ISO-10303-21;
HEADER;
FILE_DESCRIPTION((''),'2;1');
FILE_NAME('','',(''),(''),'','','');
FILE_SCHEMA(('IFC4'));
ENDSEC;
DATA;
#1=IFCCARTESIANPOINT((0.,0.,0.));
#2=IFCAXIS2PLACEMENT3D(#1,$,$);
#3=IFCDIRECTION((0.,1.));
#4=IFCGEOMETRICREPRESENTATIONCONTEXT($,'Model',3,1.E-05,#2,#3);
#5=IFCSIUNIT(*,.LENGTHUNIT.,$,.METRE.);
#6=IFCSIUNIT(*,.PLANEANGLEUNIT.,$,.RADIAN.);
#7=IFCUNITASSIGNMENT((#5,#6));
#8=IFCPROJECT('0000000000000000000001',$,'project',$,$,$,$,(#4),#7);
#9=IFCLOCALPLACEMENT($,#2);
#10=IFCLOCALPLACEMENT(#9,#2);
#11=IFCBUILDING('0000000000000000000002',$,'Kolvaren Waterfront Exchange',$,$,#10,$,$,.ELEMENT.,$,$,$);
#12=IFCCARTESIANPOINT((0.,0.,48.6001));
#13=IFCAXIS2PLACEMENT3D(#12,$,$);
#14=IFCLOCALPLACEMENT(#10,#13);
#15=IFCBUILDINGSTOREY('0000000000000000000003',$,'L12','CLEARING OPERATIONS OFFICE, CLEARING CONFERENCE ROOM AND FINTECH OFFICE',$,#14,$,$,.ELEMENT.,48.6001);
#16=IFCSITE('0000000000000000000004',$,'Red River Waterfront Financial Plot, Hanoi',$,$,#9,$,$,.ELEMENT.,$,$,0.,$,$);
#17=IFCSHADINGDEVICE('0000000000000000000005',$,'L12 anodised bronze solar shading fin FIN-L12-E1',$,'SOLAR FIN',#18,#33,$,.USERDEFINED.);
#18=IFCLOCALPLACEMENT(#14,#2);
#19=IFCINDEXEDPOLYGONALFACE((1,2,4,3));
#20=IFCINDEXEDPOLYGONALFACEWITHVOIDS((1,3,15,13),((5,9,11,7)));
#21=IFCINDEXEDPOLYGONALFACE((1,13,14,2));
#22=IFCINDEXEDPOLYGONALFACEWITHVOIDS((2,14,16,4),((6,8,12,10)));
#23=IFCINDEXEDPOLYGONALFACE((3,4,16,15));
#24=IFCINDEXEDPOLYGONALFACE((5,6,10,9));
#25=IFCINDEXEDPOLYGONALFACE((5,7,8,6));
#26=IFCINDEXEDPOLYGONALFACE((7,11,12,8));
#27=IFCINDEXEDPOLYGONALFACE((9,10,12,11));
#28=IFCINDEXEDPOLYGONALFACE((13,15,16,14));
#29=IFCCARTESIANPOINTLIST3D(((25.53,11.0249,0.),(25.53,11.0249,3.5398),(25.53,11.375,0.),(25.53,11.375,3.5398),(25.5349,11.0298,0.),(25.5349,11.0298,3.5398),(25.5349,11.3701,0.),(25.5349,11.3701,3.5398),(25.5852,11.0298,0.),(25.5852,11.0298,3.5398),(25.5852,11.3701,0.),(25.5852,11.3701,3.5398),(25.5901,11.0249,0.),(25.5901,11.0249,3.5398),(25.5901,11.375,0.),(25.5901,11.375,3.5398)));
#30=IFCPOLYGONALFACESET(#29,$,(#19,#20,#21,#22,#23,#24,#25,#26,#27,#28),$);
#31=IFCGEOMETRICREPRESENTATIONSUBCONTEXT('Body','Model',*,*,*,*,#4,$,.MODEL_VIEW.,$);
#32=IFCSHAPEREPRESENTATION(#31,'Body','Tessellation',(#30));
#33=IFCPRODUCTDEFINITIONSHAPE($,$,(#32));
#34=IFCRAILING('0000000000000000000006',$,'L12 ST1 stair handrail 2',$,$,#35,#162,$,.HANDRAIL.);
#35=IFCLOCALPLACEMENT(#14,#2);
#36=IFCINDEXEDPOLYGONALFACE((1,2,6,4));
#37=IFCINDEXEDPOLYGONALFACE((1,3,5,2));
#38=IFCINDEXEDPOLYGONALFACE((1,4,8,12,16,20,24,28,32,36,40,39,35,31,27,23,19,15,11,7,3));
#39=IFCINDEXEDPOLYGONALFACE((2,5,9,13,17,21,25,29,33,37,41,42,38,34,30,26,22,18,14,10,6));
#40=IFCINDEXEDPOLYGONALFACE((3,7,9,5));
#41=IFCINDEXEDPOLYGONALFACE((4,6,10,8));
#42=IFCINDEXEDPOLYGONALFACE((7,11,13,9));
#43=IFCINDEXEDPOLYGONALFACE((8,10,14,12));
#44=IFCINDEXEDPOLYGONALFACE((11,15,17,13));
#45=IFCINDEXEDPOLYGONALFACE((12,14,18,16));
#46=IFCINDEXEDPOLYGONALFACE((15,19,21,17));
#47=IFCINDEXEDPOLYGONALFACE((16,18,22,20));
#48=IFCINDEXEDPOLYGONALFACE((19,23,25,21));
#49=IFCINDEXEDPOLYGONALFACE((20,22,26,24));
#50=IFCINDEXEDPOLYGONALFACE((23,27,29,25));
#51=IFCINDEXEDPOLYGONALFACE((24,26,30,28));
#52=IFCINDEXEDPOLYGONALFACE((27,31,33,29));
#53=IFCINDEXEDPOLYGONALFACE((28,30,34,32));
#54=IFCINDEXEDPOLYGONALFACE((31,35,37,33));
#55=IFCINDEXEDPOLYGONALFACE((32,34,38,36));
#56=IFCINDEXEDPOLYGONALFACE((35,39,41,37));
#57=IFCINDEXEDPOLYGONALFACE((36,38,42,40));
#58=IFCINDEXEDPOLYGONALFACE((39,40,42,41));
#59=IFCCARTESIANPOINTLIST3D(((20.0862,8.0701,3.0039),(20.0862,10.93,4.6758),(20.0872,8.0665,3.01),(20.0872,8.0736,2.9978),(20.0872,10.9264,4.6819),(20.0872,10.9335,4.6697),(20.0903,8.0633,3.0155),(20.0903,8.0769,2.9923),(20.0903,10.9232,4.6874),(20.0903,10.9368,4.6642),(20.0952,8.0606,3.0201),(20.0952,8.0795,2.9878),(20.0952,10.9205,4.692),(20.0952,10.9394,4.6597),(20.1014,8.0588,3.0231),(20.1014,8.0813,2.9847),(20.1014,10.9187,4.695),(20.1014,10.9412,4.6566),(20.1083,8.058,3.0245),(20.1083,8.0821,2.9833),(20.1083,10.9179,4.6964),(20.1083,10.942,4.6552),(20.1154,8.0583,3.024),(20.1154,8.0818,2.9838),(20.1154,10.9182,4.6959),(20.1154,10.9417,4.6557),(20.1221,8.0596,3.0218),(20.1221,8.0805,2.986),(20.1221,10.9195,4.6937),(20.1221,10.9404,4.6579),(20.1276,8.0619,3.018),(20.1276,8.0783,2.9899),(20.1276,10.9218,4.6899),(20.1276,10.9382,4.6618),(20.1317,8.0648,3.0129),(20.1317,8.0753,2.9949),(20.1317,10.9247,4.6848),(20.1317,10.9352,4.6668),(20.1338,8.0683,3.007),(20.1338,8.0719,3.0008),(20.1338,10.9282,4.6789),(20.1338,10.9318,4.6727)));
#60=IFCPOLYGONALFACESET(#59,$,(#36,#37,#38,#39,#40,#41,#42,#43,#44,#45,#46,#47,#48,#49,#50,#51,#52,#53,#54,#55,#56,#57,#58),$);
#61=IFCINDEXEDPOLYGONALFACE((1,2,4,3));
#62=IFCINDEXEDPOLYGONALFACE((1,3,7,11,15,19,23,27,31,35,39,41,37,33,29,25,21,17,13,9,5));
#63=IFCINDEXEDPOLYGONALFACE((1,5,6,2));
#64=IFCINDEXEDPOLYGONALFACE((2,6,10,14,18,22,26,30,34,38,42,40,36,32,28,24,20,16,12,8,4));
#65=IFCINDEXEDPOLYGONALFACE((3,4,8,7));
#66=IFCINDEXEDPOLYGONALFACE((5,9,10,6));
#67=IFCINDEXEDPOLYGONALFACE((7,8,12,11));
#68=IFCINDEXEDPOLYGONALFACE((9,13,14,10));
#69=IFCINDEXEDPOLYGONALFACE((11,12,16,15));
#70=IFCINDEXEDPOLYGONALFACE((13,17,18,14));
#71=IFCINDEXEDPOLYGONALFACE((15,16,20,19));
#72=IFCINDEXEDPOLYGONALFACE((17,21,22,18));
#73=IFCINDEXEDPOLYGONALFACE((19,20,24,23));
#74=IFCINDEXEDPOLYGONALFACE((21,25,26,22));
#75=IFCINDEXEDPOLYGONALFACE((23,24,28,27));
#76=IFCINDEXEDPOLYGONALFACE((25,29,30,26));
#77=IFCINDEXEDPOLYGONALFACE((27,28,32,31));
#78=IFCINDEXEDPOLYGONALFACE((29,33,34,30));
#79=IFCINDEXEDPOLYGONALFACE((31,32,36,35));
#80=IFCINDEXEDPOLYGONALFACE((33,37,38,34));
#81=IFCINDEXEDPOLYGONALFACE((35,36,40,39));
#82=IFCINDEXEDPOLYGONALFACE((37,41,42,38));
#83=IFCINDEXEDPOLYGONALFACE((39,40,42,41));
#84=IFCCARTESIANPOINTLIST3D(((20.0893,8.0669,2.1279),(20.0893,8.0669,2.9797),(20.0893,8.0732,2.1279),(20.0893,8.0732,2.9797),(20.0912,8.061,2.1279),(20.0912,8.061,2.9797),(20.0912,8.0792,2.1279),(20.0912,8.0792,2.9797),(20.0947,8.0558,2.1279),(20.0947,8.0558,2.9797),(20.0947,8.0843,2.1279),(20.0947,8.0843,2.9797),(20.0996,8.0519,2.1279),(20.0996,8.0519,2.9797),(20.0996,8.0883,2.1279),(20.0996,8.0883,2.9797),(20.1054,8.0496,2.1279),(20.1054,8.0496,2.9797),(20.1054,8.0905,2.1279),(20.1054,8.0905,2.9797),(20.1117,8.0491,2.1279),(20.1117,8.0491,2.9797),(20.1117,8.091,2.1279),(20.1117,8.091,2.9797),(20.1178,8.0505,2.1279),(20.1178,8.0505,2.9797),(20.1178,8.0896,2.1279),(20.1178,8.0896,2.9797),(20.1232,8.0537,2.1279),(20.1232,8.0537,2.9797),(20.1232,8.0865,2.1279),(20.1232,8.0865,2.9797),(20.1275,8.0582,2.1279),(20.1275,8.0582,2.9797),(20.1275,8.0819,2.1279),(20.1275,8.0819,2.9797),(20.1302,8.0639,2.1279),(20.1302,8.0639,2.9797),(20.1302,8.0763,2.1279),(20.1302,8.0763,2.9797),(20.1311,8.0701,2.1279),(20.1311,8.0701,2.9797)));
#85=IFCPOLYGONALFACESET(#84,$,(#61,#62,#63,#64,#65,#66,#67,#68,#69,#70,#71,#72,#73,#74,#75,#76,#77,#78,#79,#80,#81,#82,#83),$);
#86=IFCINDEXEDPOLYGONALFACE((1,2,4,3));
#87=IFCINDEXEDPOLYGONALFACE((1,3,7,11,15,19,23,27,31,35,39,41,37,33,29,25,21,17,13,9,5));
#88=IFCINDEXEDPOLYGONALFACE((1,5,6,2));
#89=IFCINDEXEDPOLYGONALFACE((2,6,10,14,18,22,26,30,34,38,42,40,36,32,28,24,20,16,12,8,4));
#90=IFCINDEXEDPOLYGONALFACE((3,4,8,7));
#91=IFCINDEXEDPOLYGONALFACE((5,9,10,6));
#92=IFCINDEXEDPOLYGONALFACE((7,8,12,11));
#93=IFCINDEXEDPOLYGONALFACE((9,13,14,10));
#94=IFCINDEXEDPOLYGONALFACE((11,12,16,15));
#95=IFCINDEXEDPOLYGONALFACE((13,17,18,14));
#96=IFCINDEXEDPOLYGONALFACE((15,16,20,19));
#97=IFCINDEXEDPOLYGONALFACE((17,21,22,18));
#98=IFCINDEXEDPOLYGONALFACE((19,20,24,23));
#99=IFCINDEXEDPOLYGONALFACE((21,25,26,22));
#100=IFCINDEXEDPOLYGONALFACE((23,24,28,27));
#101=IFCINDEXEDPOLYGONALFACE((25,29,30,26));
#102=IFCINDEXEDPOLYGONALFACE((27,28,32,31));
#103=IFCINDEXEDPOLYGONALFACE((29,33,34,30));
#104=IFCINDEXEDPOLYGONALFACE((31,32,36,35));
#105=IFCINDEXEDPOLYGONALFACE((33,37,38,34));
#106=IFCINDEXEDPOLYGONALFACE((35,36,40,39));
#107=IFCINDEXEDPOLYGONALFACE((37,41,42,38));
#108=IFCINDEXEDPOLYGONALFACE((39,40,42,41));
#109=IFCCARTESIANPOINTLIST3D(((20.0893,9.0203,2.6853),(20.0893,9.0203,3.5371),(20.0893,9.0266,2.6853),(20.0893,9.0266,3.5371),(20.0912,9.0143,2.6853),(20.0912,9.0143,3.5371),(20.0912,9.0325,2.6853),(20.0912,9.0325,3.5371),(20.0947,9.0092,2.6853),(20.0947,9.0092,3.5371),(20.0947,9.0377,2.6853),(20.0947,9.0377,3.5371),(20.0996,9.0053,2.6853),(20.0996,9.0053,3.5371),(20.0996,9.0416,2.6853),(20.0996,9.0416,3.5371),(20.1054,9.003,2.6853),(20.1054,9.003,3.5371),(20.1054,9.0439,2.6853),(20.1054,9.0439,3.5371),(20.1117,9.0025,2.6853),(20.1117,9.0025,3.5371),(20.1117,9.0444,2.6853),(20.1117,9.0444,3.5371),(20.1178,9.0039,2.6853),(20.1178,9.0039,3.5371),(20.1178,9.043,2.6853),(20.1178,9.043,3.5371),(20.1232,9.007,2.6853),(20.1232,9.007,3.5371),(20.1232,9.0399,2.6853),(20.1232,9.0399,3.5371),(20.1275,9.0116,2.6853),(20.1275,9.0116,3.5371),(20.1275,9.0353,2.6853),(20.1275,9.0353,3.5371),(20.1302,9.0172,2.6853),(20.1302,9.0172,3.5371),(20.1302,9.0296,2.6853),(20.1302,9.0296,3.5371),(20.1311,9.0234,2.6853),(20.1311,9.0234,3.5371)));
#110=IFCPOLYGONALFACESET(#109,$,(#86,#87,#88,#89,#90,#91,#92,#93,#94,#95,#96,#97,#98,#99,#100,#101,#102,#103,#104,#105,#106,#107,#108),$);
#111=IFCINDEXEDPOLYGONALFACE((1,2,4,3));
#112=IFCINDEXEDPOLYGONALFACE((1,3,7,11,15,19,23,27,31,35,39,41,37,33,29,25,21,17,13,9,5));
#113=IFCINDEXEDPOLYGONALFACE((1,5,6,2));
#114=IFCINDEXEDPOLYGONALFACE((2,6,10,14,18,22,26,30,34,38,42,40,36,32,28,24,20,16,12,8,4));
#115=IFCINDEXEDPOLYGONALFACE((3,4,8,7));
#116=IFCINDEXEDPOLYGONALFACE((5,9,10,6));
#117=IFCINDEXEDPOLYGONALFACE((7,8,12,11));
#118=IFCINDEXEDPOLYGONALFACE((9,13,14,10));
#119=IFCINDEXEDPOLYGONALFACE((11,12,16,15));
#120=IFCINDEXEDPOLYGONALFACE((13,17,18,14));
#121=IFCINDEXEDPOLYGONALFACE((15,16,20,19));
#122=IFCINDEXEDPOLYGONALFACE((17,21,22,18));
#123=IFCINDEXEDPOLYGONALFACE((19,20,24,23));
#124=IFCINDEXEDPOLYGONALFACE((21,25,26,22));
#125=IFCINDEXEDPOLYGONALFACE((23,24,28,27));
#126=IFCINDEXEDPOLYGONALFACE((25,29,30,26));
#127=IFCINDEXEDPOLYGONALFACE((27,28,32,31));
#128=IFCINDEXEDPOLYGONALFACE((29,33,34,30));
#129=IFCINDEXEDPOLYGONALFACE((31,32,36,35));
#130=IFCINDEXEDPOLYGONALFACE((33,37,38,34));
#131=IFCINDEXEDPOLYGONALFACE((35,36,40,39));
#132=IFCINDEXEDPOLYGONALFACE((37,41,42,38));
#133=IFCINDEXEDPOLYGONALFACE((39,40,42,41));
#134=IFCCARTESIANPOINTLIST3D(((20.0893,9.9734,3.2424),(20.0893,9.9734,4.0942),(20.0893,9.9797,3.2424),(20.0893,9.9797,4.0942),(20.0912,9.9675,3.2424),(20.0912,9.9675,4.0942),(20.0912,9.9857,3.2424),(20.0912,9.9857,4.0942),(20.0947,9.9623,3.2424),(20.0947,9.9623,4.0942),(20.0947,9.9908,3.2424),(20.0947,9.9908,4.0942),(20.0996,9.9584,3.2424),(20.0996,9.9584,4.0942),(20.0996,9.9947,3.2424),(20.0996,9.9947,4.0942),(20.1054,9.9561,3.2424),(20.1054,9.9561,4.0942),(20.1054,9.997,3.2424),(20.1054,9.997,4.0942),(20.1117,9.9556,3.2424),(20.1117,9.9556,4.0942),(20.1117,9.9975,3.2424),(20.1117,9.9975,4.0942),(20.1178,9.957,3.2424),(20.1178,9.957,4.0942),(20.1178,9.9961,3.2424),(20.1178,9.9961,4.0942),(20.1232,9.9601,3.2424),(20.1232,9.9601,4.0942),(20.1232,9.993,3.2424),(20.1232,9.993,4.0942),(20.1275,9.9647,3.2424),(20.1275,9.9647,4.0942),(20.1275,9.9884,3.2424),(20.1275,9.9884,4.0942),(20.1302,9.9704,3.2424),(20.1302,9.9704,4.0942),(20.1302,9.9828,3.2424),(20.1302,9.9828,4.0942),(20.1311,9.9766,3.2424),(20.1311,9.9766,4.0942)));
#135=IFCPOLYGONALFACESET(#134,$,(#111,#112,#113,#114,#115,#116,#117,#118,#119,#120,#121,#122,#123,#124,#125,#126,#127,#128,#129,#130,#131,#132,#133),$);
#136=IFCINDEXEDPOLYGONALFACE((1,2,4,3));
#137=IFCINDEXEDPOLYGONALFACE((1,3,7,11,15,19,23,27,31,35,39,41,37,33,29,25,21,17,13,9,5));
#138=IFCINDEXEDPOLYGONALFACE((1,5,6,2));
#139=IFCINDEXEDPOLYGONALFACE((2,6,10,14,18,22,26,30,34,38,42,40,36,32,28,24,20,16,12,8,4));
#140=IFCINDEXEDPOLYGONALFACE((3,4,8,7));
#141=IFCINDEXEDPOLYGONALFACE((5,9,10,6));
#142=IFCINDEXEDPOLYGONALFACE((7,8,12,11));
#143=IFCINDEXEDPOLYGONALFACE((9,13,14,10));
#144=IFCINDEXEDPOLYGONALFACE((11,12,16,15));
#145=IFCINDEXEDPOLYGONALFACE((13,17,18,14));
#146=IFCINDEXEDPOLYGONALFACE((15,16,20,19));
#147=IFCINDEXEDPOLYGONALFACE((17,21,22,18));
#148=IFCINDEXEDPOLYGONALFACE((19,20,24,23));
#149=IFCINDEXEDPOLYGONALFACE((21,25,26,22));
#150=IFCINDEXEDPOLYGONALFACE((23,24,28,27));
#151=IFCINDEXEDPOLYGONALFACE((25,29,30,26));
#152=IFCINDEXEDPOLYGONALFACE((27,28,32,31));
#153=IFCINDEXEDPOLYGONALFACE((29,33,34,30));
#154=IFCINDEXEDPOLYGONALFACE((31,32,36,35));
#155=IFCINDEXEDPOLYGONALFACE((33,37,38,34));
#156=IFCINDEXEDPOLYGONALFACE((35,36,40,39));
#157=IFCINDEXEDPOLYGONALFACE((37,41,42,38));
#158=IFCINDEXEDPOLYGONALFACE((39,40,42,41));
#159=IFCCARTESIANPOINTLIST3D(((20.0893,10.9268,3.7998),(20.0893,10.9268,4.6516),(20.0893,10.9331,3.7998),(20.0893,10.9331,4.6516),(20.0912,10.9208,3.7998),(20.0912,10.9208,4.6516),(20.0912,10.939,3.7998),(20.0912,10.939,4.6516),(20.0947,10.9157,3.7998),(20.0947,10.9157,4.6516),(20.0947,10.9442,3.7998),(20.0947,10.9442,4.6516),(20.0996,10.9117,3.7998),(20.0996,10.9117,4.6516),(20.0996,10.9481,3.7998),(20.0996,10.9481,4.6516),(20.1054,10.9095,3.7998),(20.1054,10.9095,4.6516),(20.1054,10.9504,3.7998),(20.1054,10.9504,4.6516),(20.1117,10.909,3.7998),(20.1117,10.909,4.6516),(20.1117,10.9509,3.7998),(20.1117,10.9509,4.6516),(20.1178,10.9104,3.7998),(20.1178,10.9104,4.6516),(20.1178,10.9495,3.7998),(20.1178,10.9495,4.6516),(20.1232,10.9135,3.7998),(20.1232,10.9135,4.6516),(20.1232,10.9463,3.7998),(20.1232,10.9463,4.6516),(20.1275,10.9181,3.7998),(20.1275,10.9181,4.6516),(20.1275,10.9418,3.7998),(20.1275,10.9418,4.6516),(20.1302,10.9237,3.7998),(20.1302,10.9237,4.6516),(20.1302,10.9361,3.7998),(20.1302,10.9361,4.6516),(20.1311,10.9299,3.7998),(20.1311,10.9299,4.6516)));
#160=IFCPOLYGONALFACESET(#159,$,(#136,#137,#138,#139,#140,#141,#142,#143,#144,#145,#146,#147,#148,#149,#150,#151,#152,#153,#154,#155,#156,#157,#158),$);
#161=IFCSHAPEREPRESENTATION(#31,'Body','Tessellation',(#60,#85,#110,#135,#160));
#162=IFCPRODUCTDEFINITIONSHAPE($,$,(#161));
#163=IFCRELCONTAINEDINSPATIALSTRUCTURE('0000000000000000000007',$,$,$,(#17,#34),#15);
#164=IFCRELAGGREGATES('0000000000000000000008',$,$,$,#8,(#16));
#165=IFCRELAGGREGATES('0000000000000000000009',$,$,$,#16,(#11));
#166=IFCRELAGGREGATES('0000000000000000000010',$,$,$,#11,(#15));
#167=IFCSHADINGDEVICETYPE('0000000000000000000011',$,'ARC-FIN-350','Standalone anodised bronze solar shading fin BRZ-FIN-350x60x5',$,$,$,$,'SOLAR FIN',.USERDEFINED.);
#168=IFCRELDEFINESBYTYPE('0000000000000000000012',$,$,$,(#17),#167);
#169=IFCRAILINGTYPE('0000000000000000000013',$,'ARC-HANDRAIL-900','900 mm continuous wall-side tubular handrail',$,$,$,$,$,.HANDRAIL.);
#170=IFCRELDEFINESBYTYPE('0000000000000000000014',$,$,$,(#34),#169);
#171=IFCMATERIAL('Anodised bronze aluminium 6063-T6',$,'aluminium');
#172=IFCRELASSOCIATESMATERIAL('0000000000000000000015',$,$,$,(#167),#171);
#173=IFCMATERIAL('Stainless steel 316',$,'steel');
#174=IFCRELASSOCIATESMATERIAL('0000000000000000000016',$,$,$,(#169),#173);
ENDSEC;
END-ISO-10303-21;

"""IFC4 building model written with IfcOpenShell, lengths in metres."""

from ifc_helpers import new_model, si_unit, direction, frame, origin, origin_2d, place, context, subcontext, project, spatial, hollow_rectangle, circle, extrude, material, material_profile, profile_set, type_object, element, save


model = new_model("IFC4")

# Units and contexts
model_context = context("Model", 3, precision=1e-05, world=origin(), true_north=direction((0.0, 1.0)))
body_context = subcontext(model_context, "Body", "Model", "MODEL_VIEW")
ifc_project = project(units=[si_unit("LENGTHUNIT", "METRE"), si_unit("PLANEANGLEUNIT", "RADIAN")], contexts=[model_context])

# Site, building, storey
site_placement = place(None, origin())
site = spatial("IfcSite", under=ifc_project, at=site_placement, Name="Red River Waterfront Financial Plot, Hanoi", CompositionType="ELEMENT", RefElevation=0.0)
building_placement = place(site_placement, origin())
building = spatial("IfcBuilding", under=site, at=building_placement, Name="Kolvaren Waterfront Exchange", CompositionType="ELEMENT")
storey_placement = place(building_placement, frame((0.0, 0.0, 48.6001)))
storey = spatial("IfcBuildingStorey", under=building, at=storey_placement, Name="L12", Description="CLEARING OPERATIONS OFFICE, CLEARING CONFERENCE ROOM AND FINTECH OFFICE", CompositionType="ELEMENT", Elevation=48.6001)

# Shared definitions
ifc_material_1 = material(Name="Anodised bronze aluminium 6063-T6", Category="aluminium")

# Shading device
ifc_material_profile_1 = material_profile(ifc_material_1, hollow_rectangle(XDim=0.0601, YDim=0.3501, WallThickness=0.0049, at=origin_2d()), Name="BRZ-FIN-350x60x5")
ifc_profile_set_1 = profile_set([ifc_material_profile_1], Name="Anodised bronze aluminium 6063-T6")
shading_device_type = type_object("IfcShadingDeviceType", Name="ARC-FIN-350", Description="Standalone anodised bronze solar shading fin BRZ-FIN-350x60x5", ElementType="SOLAR FIN", PredefinedType="USERDEFINED", material=ifc_profile_set_1)
shading_device_placement = place(storey_placement, frame((25.5601, 11.2, 0.0), z_axis=(0.0, 0.0, 1.0), x_axis=(1.0, 0.0, 0.0)))
element("IfcShadingDevice", 1, at=shading_device_placement, inside=storey, type_object=shading_device_type, Name="L12 anodised bronze solar shading fin FIN-L12-E1", ObjectType="SOLAR FIN", PredefinedType="USERDEFINED", context=body_context, shape_type="SweptSolid", body=[
    extrude(hollow_rectangle(XDim=0.0601, YDim=0.3501, WallThickness=0.0049, at=origin_2d()), origin(), (0.0, 0.0, 1.0), 3.5398),
])

# Railing
ifc_material_2 = material(Name="Stainless steel 316", Category="steel")
railing_type = type_object("IfcRailingType", Name="ARC-HANDRAIL-900", Description="900 mm continuous wall-side tubular handrail", PredefinedType="HANDRAIL", material=ifc_material_2)
railing_1_placement = place(storey_placement, frame((20.1101, 8.0701, 2.1279)))
element("IfcRailing", 2, at=railing_1_placement, inside=storey, type_object=railing_type, Name="L12 ST1 stair handrail 2", PredefinedType="HANDRAIL", context=body_context, shape_type="SweptSolid", body=[
    extrude(circle(Radius=0.0239, at=origin_2d()), frame((0.0, 0.0, 0.876), z_axis=(0.0, 0.863303, 0.504686), x_axis=(-1.0, 0.0, 0.0)), (0.0, 0.0, 1.0), 3.3127),
    extrude(circle(Radius=0.021, at=origin_2d()), origin(), (0.0, 0.0, 1.0), 0.8518),
    extrude(circle(Radius=0.021, at=origin_2d()), frame((0.0, 0.9534, 0.5574)), (0.0, 0.0, 1.0), 0.8518),
    extrude(circle(Radius=0.021, at=origin_2d()), frame((0.0, 1.9065, 1.1145)), (0.0, 0.0, 1.0), 0.8518),
    extrude(circle(Radius=0.021, at=origin_2d()), frame((0.0, 2.8599, 1.6719)), (0.0, 0.0, 1.0), 0.8518),
])

save(model, "model.ifc")
